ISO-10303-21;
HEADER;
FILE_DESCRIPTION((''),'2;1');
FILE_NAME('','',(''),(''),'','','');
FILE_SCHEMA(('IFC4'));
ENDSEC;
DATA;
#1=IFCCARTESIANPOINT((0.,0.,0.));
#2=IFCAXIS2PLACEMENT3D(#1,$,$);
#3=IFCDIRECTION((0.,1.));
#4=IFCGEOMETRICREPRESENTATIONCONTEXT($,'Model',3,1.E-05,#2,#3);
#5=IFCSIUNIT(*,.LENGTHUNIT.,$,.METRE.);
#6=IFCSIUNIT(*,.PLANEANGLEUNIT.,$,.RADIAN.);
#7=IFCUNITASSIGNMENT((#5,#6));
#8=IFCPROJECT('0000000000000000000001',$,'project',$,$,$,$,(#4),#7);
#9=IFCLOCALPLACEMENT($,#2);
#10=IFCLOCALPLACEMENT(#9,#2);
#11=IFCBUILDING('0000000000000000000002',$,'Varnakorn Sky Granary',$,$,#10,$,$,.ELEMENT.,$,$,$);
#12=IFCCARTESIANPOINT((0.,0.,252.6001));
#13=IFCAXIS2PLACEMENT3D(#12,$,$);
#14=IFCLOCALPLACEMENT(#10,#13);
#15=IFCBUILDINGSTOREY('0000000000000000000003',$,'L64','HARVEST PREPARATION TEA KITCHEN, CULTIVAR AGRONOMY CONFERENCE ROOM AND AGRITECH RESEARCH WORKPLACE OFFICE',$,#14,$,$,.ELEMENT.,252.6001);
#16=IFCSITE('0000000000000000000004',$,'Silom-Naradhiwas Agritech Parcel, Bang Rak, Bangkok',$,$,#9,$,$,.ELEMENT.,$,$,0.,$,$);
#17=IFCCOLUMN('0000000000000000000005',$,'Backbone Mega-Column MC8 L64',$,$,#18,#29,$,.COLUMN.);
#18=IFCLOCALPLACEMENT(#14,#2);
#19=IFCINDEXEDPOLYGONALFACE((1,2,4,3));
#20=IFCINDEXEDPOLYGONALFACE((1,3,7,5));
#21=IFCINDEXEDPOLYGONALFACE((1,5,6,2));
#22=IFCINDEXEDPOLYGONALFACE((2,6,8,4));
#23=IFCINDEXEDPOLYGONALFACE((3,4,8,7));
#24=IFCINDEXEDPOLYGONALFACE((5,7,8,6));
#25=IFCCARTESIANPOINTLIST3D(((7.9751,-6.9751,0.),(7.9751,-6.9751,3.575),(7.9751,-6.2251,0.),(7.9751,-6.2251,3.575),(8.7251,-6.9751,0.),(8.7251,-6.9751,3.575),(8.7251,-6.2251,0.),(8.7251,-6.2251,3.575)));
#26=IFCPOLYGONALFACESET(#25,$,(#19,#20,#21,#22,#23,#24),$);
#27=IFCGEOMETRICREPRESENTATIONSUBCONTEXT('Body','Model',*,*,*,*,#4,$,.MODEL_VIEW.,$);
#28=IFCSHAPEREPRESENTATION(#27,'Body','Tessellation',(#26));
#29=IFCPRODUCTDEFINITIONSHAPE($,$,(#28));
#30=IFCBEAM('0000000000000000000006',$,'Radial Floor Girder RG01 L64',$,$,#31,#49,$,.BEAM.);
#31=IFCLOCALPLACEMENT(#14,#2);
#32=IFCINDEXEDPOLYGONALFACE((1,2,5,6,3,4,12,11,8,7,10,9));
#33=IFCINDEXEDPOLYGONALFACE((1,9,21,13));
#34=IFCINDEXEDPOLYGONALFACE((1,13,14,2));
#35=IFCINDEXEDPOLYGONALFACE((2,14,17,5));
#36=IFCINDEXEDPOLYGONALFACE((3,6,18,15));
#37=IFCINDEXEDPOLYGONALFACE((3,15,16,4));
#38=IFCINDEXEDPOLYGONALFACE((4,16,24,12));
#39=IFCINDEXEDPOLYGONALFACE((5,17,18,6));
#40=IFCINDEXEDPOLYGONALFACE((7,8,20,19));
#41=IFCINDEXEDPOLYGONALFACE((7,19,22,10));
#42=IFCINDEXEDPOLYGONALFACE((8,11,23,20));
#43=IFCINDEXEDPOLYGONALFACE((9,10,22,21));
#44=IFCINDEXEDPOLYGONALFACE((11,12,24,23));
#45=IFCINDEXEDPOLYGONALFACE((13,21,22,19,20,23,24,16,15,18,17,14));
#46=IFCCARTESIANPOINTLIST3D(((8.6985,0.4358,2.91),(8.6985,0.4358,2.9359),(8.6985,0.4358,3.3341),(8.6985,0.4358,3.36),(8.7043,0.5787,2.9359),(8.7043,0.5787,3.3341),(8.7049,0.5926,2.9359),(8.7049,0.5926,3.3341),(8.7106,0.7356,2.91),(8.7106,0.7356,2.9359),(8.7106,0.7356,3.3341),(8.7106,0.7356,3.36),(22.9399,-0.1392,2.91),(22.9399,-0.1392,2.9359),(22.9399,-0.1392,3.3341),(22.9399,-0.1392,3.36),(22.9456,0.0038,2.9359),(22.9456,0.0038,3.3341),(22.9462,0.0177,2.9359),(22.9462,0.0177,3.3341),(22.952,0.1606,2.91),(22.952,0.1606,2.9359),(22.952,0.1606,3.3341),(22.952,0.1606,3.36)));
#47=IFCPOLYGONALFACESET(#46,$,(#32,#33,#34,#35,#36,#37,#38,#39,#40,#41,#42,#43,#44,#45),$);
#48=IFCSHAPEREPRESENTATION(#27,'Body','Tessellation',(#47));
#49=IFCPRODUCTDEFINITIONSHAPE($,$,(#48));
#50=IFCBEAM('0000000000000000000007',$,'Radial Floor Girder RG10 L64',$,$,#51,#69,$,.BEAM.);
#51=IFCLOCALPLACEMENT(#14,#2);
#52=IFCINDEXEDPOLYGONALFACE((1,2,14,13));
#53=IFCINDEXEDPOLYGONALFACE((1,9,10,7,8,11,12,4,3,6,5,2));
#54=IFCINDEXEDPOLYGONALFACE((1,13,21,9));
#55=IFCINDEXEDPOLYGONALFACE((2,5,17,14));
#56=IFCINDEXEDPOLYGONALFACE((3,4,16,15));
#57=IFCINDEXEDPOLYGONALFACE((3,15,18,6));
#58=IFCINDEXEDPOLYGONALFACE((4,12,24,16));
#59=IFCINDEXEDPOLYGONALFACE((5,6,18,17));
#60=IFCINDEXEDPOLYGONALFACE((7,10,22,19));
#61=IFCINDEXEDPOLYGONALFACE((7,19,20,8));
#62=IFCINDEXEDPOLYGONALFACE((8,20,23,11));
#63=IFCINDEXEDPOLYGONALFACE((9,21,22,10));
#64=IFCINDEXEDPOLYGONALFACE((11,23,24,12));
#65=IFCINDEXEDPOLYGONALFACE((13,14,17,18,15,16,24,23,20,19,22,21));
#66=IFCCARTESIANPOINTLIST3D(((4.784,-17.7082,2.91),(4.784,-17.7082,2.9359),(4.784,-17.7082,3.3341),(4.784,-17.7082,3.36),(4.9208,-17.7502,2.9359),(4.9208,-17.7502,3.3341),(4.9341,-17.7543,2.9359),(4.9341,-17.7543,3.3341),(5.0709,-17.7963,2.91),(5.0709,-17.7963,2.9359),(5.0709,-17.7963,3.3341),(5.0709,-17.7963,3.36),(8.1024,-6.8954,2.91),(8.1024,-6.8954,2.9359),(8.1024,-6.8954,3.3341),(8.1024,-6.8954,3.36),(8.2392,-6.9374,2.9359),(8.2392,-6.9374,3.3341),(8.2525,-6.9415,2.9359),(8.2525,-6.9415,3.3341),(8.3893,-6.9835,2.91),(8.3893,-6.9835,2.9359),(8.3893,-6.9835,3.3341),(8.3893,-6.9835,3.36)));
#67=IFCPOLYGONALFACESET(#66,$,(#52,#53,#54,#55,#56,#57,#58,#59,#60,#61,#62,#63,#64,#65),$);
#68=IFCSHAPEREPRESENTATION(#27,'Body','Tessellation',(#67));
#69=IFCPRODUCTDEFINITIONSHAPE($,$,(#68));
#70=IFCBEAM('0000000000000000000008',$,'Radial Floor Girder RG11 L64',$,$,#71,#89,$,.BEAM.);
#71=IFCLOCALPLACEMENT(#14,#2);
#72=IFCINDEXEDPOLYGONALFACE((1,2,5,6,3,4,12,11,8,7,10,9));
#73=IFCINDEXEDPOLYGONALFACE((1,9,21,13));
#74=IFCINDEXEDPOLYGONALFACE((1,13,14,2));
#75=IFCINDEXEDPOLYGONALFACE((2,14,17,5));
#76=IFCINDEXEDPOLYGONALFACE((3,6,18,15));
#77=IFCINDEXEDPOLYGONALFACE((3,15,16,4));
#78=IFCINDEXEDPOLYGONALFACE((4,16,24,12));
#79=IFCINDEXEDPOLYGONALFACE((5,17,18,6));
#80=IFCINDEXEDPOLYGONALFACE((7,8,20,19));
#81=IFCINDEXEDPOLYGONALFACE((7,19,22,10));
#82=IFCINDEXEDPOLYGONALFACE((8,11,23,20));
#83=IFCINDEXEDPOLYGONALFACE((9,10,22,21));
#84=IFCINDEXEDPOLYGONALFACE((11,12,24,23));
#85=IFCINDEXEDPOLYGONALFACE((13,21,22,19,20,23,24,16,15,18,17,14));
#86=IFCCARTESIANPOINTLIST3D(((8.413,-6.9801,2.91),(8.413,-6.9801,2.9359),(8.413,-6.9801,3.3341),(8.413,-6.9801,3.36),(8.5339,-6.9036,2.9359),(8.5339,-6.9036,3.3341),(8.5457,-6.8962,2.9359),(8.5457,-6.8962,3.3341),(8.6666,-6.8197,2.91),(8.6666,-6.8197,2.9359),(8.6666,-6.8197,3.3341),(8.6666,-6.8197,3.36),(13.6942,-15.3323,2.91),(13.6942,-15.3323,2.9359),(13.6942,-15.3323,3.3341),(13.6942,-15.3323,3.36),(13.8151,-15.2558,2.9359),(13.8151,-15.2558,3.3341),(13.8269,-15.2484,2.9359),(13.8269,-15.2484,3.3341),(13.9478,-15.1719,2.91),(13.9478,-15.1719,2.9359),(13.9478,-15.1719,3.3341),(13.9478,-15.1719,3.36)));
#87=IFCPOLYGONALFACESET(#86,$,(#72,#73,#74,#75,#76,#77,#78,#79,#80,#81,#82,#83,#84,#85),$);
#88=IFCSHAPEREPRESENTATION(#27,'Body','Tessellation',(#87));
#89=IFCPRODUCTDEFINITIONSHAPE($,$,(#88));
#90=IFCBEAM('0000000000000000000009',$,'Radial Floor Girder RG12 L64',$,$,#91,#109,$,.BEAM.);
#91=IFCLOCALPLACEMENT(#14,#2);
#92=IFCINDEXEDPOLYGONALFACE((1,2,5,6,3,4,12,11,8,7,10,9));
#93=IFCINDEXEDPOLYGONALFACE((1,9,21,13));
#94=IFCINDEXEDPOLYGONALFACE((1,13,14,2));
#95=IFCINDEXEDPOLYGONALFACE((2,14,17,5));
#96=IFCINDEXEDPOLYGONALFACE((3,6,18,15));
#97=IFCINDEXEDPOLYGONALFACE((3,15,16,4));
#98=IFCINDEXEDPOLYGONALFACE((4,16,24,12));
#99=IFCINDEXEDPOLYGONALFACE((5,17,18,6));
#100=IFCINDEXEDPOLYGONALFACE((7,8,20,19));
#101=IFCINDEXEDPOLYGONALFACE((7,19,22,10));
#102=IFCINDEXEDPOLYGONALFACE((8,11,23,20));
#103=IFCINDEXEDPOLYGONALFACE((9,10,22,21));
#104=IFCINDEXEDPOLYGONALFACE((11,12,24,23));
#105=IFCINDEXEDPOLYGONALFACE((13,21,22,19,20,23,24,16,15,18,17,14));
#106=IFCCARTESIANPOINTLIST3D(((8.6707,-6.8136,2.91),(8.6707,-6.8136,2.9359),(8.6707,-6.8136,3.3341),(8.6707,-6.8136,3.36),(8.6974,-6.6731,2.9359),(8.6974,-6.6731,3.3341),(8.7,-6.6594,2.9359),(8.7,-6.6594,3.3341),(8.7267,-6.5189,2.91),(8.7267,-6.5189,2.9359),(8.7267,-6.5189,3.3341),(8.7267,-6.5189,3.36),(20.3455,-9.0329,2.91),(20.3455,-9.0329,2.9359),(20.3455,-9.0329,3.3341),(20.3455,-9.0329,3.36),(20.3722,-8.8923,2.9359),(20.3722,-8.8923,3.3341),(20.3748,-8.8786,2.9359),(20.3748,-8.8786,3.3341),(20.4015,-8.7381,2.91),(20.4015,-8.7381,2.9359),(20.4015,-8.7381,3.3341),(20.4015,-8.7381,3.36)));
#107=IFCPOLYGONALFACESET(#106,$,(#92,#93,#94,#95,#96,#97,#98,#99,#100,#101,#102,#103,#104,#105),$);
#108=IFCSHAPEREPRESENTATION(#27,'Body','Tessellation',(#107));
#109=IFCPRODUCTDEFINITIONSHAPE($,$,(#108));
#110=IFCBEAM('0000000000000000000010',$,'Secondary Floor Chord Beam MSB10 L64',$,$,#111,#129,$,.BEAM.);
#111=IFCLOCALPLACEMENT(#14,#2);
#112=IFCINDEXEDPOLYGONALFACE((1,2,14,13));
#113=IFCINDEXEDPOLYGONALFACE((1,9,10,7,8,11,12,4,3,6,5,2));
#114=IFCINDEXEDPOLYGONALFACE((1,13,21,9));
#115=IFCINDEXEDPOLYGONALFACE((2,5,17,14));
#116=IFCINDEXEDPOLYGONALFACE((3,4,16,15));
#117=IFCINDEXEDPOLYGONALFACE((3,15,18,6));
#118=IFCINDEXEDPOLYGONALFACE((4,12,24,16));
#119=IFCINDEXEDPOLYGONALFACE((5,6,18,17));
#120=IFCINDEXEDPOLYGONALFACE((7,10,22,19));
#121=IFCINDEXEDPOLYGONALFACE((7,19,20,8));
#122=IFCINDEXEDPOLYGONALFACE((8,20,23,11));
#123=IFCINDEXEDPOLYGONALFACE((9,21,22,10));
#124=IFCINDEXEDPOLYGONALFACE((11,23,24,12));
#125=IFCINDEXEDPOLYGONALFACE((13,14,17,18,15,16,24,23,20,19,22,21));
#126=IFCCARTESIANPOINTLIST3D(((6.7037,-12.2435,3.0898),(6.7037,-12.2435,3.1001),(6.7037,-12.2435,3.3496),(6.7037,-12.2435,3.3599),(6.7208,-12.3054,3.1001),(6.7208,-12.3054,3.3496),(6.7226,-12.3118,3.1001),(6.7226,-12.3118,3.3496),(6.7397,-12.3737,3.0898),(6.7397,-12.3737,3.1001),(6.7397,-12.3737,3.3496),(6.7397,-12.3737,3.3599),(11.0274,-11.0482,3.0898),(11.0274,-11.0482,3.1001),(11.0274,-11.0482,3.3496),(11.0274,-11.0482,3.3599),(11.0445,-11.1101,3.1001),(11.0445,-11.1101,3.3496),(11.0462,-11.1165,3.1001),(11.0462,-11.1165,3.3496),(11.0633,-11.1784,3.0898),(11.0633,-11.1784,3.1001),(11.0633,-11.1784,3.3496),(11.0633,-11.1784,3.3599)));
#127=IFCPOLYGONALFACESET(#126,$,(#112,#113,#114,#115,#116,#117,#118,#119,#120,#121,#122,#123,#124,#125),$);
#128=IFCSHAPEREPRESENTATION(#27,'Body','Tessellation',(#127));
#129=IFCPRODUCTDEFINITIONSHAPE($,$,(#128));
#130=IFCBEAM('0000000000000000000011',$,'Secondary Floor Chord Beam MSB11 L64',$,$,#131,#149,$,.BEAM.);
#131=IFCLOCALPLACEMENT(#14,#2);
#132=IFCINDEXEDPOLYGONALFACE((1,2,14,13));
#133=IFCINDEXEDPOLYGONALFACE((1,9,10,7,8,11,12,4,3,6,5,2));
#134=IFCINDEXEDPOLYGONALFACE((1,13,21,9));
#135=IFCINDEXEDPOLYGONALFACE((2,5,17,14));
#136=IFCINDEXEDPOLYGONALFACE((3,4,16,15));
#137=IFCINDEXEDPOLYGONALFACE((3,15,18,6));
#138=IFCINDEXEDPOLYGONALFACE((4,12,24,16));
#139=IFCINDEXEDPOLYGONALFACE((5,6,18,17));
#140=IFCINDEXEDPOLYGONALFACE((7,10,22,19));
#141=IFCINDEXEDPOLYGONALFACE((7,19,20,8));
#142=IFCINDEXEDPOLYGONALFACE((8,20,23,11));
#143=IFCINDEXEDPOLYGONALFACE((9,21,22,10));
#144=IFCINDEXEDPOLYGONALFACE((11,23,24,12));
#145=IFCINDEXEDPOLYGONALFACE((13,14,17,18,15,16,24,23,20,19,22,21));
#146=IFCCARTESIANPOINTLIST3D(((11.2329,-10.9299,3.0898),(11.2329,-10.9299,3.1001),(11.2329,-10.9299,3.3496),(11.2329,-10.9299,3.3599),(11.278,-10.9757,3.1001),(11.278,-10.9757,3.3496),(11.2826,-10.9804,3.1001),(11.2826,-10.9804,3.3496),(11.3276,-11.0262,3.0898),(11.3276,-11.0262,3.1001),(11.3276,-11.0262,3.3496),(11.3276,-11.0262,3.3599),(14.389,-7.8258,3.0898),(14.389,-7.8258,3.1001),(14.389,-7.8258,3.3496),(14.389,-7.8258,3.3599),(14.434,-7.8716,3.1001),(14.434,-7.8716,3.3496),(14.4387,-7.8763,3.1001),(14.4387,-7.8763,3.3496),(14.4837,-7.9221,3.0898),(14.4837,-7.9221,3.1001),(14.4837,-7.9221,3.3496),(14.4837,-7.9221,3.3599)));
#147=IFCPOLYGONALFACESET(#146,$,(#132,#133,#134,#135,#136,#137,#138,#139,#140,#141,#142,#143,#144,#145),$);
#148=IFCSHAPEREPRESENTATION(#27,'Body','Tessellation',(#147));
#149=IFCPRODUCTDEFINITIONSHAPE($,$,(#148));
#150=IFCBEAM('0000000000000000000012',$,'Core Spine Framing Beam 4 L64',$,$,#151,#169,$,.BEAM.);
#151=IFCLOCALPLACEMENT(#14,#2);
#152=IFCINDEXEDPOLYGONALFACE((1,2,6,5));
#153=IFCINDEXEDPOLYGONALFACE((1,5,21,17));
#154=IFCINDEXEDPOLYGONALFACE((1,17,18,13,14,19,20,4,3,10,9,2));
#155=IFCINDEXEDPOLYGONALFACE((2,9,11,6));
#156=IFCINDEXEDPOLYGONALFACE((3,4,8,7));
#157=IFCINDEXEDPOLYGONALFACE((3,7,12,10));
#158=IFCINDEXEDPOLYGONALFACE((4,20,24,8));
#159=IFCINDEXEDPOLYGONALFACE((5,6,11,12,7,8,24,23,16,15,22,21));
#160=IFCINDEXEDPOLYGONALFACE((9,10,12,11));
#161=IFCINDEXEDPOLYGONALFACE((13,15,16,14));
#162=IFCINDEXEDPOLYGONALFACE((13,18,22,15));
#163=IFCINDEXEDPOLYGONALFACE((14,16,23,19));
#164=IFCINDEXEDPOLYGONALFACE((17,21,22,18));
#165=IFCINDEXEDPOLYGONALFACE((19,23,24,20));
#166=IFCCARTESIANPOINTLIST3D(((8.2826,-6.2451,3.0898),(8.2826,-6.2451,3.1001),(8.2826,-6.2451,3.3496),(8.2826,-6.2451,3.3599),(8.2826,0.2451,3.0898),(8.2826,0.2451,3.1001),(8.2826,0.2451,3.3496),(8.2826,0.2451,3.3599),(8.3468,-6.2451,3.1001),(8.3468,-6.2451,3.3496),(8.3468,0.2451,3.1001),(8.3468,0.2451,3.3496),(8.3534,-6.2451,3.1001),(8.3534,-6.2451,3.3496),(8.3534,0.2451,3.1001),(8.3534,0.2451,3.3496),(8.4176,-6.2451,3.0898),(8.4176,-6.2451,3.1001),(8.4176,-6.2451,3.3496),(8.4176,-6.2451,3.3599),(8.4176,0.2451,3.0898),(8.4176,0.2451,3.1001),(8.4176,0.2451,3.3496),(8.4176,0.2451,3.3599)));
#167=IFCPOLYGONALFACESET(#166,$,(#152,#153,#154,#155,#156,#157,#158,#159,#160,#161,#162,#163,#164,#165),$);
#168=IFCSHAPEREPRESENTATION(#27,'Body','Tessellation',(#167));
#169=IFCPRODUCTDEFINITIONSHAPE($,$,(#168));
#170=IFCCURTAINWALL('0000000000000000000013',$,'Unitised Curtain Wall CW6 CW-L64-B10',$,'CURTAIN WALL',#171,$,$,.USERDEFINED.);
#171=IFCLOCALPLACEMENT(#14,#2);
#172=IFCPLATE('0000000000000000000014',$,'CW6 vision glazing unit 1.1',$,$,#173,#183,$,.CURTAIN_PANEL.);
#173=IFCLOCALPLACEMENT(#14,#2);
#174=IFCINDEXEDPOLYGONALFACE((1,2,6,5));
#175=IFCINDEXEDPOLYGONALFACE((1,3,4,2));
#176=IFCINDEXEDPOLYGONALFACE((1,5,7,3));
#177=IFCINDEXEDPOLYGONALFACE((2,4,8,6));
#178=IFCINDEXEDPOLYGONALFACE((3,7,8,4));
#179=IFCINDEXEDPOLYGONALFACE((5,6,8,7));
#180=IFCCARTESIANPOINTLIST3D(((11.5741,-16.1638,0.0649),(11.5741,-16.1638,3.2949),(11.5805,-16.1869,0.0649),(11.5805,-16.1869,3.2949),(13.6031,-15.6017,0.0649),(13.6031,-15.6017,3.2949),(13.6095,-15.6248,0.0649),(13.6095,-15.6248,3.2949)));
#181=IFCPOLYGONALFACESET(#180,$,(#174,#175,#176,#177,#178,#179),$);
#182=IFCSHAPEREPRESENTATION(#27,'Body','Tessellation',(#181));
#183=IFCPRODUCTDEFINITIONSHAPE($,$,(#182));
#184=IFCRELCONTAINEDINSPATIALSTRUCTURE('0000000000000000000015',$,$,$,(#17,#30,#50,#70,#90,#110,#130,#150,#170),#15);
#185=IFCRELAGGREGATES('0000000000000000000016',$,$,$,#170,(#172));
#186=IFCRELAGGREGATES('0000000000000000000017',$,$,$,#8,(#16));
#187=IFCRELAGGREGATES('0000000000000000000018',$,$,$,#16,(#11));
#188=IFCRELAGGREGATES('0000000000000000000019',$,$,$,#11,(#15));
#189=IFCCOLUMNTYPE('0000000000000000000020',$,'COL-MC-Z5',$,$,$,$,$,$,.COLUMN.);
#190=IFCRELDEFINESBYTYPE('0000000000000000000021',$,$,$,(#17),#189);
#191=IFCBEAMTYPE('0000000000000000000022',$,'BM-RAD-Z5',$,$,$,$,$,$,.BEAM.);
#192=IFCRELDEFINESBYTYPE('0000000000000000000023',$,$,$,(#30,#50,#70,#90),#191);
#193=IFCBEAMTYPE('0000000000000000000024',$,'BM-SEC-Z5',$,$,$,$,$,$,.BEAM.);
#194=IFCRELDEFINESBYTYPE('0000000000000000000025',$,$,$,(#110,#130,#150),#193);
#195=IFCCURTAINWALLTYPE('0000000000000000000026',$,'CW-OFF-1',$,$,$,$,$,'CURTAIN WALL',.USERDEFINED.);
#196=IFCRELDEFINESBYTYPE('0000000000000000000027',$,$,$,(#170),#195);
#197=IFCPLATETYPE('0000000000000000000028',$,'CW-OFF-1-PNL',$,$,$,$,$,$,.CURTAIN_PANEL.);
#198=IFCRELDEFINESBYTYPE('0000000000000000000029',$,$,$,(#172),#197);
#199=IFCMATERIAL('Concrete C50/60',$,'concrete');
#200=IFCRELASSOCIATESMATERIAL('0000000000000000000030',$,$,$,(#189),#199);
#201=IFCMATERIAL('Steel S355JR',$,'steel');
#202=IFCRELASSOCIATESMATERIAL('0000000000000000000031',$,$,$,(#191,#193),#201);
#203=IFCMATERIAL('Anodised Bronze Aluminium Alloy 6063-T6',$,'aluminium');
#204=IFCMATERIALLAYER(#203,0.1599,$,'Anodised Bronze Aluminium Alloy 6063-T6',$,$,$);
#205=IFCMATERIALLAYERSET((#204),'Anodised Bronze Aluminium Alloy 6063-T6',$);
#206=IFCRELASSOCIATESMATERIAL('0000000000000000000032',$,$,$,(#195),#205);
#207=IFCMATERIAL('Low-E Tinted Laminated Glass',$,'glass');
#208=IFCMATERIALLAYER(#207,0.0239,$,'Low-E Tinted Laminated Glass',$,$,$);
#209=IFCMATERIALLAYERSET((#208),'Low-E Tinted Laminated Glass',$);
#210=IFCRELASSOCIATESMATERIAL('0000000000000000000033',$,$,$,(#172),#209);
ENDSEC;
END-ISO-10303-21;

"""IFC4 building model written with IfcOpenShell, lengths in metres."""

from ifc_helpers import new_model, si_unit, direction, frame, origin, origin_2d, place, context, subcontext, project, spatial, rectangle, i_section, extrude, source, transform, mapped, material, layer, layer_set, material_profile, profile_set, type_object, type_shapes, element, aggregate, save


model = new_model("IFC4")

# Units and contexts
model_context = context("Model", 3, precision=1e-05, world=origin(), true_north=direction((0.0, 1.0)))
body_context = subcontext(model_context, "Body", "Model", "MODEL_VIEW")
ifc_project = project(units=[si_unit("LENGTHUNIT", "METRE"), si_unit("PLANEANGLEUNIT", "RADIAN")], contexts=[model_context])

# Site, building, storey
site_placement = place(None, origin())
site = spatial("IfcSite", under=ifc_project, at=site_placement, Name="Silom-Naradhiwas Agritech Parcel, Bang Rak, Bangkok", CompositionType="ELEMENT", RefElevation=0.0)
building_placement = place(site_placement, origin())
building = spatial("IfcBuilding", under=site, at=building_placement, Name="Varnakorn Sky Granary", CompositionType="ELEMENT")
storey_placement = place(building_placement, frame((0.0, 0.0, 252.6001)))
storey = spatial("IfcBuildingStorey", under=building, at=storey_placement, Name="L64", Description="HARVEST PREPARATION TEA KITCHEN, CULTIVAR AGRONOMY CONFERENCE ROOM AND AGRITECH RESEARCH WORKPLACE OFFICE", CompositionType="ELEMENT", Elevation=252.6001)

# Column
ifc_material_1 = material(Name="Concrete C50/60", Category="concrete")
ifc_material_profile_1 = material_profile(ifc_material_1, rectangle(XDim=0.75, YDim=0.75, at=origin_2d()), Name="RC 750x750")
ifc_profile_set_1 = profile_set([ifc_material_profile_1], Name="Concrete C50/60")
column_type = type_object("IfcColumnType", Name="COL-MC-Z5", PredefinedType="COLUMN", material=ifc_profile_set_1)
column_placement = place(storey_placement, frame((8.3501, -6.6001, 0.0), z_axis=(0.0, 0.0, 1.0), x_axis=(1.0, 0.0, 0.0)))
element("IfcColumn", 1, at=column_placement, inside=storey, type_object=column_type, Name="Backbone Mega-Column MC8 L64", PredefinedType="COLUMN", context=body_context, shape_type="SweptSolid", body=[
    extrude(rectangle(XDim=0.75, YDim=0.75, at=origin_2d()), origin(), (0.0, 0.0, 1.0), 3.575),
])

# Beams
ifc_material_2 = material(Name="Steel S355JR", Category="steel")
ifc_material_profile_2 = material_profile(ifc_material_2, i_section(OverallWidth=0.3, OverallDepth=0.45, WebThickness=0.0139, FlangeThickness=0.0259, at=origin_2d()), Name="HE 450 B")
ifc_profile_set_2 = profile_set([ifc_material_profile_2], Name="Steel S355JR")
beam_type_1 = type_object("IfcBeamType", Name="BM-RAD-Z5", PredefinedType="BEAM", material=ifc_profile_set_2)
beam_1_placement = place(storey_placement, frame((8.7046, 0.5857, 3.135), z_axis=(0.999186, -0.040339, 0.0), x_axis=(0.040339, 0.999186, 0.0)))
element("IfcBeam", 2, at=beam_1_placement, inside=storey, type_object=beam_type_1, Name="Radial Floor Girder RG01 L64", PredefinedType="BEAM", context=body_context, shape_type="SweptSolid", body=[
    extrude(i_section(OverallWidth=0.3, OverallDepth=0.45, WebThickness=0.0139, FlangeThickness=0.0259, at=origin_2d()), origin(), (0.0, 0.0, 1.0), 14.2529),
])
beam_2_placement = place(storey_placement, frame((8.2458, -6.9395, 3.135), z_axis=(-0.293388, -0.955993, 0.0), x_axis=(0.955993, -0.293388, 0.0)))
element("IfcBeam", 3, at=beam_2_placement, inside=storey, type_object=beam_type_1, Name="Radial Floor Girder RG10 L64", PredefinedType="BEAM", context=body_context, shape_type="SweptSolid", body=[
    extrude(i_section(OverallWidth=0.3, OverallDepth=0.45, WebThickness=0.0139, FlangeThickness=0.0259, at=origin_2d()), origin(), (0.0, 0.0, 1.0), 11.3105),
])
beam_3_placement = place(storey_placement, frame((8.5398, -6.8999, 3.135), z_axis=(0.534435, -0.845209, 0.0), x_axis=(0.845209, 0.534435, 0.0)))
element("IfcBeam", 4, at=beam_3_placement, inside=storey, type_object=beam_type_1, Name="Radial Floor Girder RG11 L64", PredefinedType="BEAM", context=body_context, shape_type="SweptSolid", body=[
    extrude(i_section(OverallWidth=0.3, OverallDepth=0.45, WebThickness=0.0139, FlangeThickness=0.0259, at=origin_2d()), origin(), (0.0, 0.0, 1.0), 9.8818),
])
beam_4_placement = place(storey_placement, frame((8.6987, -6.6663, 3.135), z_axis=(0.982409, -0.186744, 0.0), x_axis=(0.186744, 0.982409, 0.0)))
element("IfcBeam", 5, at=beam_4_placement, inside=storey, type_object=beam_type_1, Name="Radial Floor Girder RG12 L64", PredefinedType="BEAM", context=body_context, shape_type="SweptSolid", body=[
    extrude(i_section(OverallWidth=0.3, OverallDepth=0.45, WebThickness=0.0139, FlangeThickness=0.0259, at=origin_2d()), origin(), (0.0, 0.0, 1.0), 11.8838),
])
ifc_material_profile_3 = material_profile(ifc_material_2, i_section(OverallWidth=0.135, OverallDepth=0.27, WebThickness=0.0066, FlangeThickness=0.0103, at=origin_2d()), Name="IPE 270")
ifc_profile_set_3 = profile_set([ifc_material_profile_3], Name="Steel S355JR")
beam_type_2 = type_object("IfcBeamType", Name="BM-SEC-Z5", PredefinedType="BEAM", material=ifc_profile_set_3)
beam_5_placement = place(storey_placement, frame((6.7217, -12.3086, 3.2249), z_axis=(0.963846, 0.266459, 0.0), x_axis=(-0.266459, 0.963846, 0.0)))
element("IfcBeam", 6, at=beam_5_placement, inside=storey, type_object=beam_type_2, Name="Secondary Floor Chord Beam MSB10 L64", PredefinedType="BEAM", context=body_context, shape_type="SweptSolid", body=[
    extrude(i_section(OverallWidth=0.135, OverallDepth=0.27, WebThickness=0.0066, FlangeThickness=0.0103, at=origin_2d()), origin(), (0.0, 0.0, 1.0), 4.4858),
])
beam_6_placement = place(storey_placement, frame((11.2803, -10.978, 3.2249), z_axis=(0.712956, 0.701209, 0.0), x_axis=(-0.701209, 0.712956, 0.0)))
element("IfcBeam", 7, at=beam_6_placement, inside=storey, type_object=beam_type_2, Name="Secondary Floor Chord Beam MSB11 L64", PredefinedType="BEAM", context=body_context, shape_type="SweptSolid", body=[
    extrude(i_section(OverallWidth=0.135, OverallDepth=0.27, WebThickness=0.0066, FlangeThickness=0.0103, at=origin_2d()), origin(), (0.0, 0.0, 1.0), 4.4268),
])
beam_7_placement = place(storey_placement, frame((8.3501, 0.2451, 3.2249), z_axis=(0.0, -1.0, 0.0), x_axis=(1.0, 0.0, 0.0)))
element("IfcBeam", 8, at=beam_7_placement, inside=storey, type_object=beam_type_2, Name="Core Spine Framing Beam 4 L64", PredefinedType="BEAM", context=body_context, shape_type="SweptSolid", body=[
    extrude(i_section(OverallWidth=0.135, OverallDepth=0.27, WebThickness=0.0066, FlangeThickness=0.0103, at=origin_2d()), origin(), (0.0, 0.0, 1.0), 6.4902),
])

# Curtain wall, plate
ifc_material_3 = material(Name="Anodised Bronze Aluminium Alloy 6063-T6", Category="aluminium")
ifc_layer_1 = layer(ifc_material_3, 0.1599, Name="Anodised Bronze Aluminium Alloy 6063-T6")
ifc_layer_set_1 = layer_set([ifc_layer_1], Name="Anodised Bronze Aluminium Alloy 6063-T6")
curtain_wall_type = type_object("IfcCurtainWallType", Name="CW-OFF-1", ElementType="CURTAIN WALL", PredefinedType="USERDEFINED", material=ifc_layer_set_1)
curtain_wall_placement = place(storey_placement, origin())
curtain_wall = element("IfcCurtainWall", 9, at=curtain_wall_placement, inside=storey, type_object=curtain_wall_type, Name="Unitised Curtain Wall CW6 CW-L64-B10", ObjectType="CURTAIN WALL", PredefinedType="USERDEFINED")
ifc_material_4 = material(Name="Low-E Tinted Laminated Glass", Category="glass")
ifc_layer_2 = layer(ifc_material_4, 0.0239, Name="Low-E Tinted Laminated Glass")
ifc_layer_set_2 = layer_set([ifc_layer_2], Name="Low-E Tinted Laminated Glass")
plate_type = type_object("IfcPlateType", Name="CW-OFF-1-PNL", PredefinedType="CURTAIN_PANEL")
shared_shape = source(origin(), body_context, "Body", "SweptSolid", [
    extrude(rectangle(XDim=2.1055, YDim=0.0239, at=origin_2d()), origin(), (0.0, 0.0, 1.0), 3.23),
])
type_shapes(plate_type, [shared_shape])
plate_placement = place(storey_placement, frame((12.5918, -15.8943, 0.0649), z_axis=(0.0, 0.0, 1.0), x_axis=(-0.963701, -0.266982, 0.0)))
plate = element("IfcPlate", 10, at=plate_placement, type_object=plate_type, material=ifc_layer_set_2, Name="CW6 vision glazing unit 1.1", PredefinedType="CURTAIN_PANEL", context=body_context, shape_type="MappedRepresentation", body=[
    mapped(shared_shape, transform((0.0, 0.0, 0.0), x_axis=(1.0, 0.0, 0.0), y_axis=(0.0, 1.0, 0.0), z_axis=(0.0, 0.0, 1.0), scale=1.0)),
])
aggregate(curtain_wall, [plate])

save(model, "model.ifc")
